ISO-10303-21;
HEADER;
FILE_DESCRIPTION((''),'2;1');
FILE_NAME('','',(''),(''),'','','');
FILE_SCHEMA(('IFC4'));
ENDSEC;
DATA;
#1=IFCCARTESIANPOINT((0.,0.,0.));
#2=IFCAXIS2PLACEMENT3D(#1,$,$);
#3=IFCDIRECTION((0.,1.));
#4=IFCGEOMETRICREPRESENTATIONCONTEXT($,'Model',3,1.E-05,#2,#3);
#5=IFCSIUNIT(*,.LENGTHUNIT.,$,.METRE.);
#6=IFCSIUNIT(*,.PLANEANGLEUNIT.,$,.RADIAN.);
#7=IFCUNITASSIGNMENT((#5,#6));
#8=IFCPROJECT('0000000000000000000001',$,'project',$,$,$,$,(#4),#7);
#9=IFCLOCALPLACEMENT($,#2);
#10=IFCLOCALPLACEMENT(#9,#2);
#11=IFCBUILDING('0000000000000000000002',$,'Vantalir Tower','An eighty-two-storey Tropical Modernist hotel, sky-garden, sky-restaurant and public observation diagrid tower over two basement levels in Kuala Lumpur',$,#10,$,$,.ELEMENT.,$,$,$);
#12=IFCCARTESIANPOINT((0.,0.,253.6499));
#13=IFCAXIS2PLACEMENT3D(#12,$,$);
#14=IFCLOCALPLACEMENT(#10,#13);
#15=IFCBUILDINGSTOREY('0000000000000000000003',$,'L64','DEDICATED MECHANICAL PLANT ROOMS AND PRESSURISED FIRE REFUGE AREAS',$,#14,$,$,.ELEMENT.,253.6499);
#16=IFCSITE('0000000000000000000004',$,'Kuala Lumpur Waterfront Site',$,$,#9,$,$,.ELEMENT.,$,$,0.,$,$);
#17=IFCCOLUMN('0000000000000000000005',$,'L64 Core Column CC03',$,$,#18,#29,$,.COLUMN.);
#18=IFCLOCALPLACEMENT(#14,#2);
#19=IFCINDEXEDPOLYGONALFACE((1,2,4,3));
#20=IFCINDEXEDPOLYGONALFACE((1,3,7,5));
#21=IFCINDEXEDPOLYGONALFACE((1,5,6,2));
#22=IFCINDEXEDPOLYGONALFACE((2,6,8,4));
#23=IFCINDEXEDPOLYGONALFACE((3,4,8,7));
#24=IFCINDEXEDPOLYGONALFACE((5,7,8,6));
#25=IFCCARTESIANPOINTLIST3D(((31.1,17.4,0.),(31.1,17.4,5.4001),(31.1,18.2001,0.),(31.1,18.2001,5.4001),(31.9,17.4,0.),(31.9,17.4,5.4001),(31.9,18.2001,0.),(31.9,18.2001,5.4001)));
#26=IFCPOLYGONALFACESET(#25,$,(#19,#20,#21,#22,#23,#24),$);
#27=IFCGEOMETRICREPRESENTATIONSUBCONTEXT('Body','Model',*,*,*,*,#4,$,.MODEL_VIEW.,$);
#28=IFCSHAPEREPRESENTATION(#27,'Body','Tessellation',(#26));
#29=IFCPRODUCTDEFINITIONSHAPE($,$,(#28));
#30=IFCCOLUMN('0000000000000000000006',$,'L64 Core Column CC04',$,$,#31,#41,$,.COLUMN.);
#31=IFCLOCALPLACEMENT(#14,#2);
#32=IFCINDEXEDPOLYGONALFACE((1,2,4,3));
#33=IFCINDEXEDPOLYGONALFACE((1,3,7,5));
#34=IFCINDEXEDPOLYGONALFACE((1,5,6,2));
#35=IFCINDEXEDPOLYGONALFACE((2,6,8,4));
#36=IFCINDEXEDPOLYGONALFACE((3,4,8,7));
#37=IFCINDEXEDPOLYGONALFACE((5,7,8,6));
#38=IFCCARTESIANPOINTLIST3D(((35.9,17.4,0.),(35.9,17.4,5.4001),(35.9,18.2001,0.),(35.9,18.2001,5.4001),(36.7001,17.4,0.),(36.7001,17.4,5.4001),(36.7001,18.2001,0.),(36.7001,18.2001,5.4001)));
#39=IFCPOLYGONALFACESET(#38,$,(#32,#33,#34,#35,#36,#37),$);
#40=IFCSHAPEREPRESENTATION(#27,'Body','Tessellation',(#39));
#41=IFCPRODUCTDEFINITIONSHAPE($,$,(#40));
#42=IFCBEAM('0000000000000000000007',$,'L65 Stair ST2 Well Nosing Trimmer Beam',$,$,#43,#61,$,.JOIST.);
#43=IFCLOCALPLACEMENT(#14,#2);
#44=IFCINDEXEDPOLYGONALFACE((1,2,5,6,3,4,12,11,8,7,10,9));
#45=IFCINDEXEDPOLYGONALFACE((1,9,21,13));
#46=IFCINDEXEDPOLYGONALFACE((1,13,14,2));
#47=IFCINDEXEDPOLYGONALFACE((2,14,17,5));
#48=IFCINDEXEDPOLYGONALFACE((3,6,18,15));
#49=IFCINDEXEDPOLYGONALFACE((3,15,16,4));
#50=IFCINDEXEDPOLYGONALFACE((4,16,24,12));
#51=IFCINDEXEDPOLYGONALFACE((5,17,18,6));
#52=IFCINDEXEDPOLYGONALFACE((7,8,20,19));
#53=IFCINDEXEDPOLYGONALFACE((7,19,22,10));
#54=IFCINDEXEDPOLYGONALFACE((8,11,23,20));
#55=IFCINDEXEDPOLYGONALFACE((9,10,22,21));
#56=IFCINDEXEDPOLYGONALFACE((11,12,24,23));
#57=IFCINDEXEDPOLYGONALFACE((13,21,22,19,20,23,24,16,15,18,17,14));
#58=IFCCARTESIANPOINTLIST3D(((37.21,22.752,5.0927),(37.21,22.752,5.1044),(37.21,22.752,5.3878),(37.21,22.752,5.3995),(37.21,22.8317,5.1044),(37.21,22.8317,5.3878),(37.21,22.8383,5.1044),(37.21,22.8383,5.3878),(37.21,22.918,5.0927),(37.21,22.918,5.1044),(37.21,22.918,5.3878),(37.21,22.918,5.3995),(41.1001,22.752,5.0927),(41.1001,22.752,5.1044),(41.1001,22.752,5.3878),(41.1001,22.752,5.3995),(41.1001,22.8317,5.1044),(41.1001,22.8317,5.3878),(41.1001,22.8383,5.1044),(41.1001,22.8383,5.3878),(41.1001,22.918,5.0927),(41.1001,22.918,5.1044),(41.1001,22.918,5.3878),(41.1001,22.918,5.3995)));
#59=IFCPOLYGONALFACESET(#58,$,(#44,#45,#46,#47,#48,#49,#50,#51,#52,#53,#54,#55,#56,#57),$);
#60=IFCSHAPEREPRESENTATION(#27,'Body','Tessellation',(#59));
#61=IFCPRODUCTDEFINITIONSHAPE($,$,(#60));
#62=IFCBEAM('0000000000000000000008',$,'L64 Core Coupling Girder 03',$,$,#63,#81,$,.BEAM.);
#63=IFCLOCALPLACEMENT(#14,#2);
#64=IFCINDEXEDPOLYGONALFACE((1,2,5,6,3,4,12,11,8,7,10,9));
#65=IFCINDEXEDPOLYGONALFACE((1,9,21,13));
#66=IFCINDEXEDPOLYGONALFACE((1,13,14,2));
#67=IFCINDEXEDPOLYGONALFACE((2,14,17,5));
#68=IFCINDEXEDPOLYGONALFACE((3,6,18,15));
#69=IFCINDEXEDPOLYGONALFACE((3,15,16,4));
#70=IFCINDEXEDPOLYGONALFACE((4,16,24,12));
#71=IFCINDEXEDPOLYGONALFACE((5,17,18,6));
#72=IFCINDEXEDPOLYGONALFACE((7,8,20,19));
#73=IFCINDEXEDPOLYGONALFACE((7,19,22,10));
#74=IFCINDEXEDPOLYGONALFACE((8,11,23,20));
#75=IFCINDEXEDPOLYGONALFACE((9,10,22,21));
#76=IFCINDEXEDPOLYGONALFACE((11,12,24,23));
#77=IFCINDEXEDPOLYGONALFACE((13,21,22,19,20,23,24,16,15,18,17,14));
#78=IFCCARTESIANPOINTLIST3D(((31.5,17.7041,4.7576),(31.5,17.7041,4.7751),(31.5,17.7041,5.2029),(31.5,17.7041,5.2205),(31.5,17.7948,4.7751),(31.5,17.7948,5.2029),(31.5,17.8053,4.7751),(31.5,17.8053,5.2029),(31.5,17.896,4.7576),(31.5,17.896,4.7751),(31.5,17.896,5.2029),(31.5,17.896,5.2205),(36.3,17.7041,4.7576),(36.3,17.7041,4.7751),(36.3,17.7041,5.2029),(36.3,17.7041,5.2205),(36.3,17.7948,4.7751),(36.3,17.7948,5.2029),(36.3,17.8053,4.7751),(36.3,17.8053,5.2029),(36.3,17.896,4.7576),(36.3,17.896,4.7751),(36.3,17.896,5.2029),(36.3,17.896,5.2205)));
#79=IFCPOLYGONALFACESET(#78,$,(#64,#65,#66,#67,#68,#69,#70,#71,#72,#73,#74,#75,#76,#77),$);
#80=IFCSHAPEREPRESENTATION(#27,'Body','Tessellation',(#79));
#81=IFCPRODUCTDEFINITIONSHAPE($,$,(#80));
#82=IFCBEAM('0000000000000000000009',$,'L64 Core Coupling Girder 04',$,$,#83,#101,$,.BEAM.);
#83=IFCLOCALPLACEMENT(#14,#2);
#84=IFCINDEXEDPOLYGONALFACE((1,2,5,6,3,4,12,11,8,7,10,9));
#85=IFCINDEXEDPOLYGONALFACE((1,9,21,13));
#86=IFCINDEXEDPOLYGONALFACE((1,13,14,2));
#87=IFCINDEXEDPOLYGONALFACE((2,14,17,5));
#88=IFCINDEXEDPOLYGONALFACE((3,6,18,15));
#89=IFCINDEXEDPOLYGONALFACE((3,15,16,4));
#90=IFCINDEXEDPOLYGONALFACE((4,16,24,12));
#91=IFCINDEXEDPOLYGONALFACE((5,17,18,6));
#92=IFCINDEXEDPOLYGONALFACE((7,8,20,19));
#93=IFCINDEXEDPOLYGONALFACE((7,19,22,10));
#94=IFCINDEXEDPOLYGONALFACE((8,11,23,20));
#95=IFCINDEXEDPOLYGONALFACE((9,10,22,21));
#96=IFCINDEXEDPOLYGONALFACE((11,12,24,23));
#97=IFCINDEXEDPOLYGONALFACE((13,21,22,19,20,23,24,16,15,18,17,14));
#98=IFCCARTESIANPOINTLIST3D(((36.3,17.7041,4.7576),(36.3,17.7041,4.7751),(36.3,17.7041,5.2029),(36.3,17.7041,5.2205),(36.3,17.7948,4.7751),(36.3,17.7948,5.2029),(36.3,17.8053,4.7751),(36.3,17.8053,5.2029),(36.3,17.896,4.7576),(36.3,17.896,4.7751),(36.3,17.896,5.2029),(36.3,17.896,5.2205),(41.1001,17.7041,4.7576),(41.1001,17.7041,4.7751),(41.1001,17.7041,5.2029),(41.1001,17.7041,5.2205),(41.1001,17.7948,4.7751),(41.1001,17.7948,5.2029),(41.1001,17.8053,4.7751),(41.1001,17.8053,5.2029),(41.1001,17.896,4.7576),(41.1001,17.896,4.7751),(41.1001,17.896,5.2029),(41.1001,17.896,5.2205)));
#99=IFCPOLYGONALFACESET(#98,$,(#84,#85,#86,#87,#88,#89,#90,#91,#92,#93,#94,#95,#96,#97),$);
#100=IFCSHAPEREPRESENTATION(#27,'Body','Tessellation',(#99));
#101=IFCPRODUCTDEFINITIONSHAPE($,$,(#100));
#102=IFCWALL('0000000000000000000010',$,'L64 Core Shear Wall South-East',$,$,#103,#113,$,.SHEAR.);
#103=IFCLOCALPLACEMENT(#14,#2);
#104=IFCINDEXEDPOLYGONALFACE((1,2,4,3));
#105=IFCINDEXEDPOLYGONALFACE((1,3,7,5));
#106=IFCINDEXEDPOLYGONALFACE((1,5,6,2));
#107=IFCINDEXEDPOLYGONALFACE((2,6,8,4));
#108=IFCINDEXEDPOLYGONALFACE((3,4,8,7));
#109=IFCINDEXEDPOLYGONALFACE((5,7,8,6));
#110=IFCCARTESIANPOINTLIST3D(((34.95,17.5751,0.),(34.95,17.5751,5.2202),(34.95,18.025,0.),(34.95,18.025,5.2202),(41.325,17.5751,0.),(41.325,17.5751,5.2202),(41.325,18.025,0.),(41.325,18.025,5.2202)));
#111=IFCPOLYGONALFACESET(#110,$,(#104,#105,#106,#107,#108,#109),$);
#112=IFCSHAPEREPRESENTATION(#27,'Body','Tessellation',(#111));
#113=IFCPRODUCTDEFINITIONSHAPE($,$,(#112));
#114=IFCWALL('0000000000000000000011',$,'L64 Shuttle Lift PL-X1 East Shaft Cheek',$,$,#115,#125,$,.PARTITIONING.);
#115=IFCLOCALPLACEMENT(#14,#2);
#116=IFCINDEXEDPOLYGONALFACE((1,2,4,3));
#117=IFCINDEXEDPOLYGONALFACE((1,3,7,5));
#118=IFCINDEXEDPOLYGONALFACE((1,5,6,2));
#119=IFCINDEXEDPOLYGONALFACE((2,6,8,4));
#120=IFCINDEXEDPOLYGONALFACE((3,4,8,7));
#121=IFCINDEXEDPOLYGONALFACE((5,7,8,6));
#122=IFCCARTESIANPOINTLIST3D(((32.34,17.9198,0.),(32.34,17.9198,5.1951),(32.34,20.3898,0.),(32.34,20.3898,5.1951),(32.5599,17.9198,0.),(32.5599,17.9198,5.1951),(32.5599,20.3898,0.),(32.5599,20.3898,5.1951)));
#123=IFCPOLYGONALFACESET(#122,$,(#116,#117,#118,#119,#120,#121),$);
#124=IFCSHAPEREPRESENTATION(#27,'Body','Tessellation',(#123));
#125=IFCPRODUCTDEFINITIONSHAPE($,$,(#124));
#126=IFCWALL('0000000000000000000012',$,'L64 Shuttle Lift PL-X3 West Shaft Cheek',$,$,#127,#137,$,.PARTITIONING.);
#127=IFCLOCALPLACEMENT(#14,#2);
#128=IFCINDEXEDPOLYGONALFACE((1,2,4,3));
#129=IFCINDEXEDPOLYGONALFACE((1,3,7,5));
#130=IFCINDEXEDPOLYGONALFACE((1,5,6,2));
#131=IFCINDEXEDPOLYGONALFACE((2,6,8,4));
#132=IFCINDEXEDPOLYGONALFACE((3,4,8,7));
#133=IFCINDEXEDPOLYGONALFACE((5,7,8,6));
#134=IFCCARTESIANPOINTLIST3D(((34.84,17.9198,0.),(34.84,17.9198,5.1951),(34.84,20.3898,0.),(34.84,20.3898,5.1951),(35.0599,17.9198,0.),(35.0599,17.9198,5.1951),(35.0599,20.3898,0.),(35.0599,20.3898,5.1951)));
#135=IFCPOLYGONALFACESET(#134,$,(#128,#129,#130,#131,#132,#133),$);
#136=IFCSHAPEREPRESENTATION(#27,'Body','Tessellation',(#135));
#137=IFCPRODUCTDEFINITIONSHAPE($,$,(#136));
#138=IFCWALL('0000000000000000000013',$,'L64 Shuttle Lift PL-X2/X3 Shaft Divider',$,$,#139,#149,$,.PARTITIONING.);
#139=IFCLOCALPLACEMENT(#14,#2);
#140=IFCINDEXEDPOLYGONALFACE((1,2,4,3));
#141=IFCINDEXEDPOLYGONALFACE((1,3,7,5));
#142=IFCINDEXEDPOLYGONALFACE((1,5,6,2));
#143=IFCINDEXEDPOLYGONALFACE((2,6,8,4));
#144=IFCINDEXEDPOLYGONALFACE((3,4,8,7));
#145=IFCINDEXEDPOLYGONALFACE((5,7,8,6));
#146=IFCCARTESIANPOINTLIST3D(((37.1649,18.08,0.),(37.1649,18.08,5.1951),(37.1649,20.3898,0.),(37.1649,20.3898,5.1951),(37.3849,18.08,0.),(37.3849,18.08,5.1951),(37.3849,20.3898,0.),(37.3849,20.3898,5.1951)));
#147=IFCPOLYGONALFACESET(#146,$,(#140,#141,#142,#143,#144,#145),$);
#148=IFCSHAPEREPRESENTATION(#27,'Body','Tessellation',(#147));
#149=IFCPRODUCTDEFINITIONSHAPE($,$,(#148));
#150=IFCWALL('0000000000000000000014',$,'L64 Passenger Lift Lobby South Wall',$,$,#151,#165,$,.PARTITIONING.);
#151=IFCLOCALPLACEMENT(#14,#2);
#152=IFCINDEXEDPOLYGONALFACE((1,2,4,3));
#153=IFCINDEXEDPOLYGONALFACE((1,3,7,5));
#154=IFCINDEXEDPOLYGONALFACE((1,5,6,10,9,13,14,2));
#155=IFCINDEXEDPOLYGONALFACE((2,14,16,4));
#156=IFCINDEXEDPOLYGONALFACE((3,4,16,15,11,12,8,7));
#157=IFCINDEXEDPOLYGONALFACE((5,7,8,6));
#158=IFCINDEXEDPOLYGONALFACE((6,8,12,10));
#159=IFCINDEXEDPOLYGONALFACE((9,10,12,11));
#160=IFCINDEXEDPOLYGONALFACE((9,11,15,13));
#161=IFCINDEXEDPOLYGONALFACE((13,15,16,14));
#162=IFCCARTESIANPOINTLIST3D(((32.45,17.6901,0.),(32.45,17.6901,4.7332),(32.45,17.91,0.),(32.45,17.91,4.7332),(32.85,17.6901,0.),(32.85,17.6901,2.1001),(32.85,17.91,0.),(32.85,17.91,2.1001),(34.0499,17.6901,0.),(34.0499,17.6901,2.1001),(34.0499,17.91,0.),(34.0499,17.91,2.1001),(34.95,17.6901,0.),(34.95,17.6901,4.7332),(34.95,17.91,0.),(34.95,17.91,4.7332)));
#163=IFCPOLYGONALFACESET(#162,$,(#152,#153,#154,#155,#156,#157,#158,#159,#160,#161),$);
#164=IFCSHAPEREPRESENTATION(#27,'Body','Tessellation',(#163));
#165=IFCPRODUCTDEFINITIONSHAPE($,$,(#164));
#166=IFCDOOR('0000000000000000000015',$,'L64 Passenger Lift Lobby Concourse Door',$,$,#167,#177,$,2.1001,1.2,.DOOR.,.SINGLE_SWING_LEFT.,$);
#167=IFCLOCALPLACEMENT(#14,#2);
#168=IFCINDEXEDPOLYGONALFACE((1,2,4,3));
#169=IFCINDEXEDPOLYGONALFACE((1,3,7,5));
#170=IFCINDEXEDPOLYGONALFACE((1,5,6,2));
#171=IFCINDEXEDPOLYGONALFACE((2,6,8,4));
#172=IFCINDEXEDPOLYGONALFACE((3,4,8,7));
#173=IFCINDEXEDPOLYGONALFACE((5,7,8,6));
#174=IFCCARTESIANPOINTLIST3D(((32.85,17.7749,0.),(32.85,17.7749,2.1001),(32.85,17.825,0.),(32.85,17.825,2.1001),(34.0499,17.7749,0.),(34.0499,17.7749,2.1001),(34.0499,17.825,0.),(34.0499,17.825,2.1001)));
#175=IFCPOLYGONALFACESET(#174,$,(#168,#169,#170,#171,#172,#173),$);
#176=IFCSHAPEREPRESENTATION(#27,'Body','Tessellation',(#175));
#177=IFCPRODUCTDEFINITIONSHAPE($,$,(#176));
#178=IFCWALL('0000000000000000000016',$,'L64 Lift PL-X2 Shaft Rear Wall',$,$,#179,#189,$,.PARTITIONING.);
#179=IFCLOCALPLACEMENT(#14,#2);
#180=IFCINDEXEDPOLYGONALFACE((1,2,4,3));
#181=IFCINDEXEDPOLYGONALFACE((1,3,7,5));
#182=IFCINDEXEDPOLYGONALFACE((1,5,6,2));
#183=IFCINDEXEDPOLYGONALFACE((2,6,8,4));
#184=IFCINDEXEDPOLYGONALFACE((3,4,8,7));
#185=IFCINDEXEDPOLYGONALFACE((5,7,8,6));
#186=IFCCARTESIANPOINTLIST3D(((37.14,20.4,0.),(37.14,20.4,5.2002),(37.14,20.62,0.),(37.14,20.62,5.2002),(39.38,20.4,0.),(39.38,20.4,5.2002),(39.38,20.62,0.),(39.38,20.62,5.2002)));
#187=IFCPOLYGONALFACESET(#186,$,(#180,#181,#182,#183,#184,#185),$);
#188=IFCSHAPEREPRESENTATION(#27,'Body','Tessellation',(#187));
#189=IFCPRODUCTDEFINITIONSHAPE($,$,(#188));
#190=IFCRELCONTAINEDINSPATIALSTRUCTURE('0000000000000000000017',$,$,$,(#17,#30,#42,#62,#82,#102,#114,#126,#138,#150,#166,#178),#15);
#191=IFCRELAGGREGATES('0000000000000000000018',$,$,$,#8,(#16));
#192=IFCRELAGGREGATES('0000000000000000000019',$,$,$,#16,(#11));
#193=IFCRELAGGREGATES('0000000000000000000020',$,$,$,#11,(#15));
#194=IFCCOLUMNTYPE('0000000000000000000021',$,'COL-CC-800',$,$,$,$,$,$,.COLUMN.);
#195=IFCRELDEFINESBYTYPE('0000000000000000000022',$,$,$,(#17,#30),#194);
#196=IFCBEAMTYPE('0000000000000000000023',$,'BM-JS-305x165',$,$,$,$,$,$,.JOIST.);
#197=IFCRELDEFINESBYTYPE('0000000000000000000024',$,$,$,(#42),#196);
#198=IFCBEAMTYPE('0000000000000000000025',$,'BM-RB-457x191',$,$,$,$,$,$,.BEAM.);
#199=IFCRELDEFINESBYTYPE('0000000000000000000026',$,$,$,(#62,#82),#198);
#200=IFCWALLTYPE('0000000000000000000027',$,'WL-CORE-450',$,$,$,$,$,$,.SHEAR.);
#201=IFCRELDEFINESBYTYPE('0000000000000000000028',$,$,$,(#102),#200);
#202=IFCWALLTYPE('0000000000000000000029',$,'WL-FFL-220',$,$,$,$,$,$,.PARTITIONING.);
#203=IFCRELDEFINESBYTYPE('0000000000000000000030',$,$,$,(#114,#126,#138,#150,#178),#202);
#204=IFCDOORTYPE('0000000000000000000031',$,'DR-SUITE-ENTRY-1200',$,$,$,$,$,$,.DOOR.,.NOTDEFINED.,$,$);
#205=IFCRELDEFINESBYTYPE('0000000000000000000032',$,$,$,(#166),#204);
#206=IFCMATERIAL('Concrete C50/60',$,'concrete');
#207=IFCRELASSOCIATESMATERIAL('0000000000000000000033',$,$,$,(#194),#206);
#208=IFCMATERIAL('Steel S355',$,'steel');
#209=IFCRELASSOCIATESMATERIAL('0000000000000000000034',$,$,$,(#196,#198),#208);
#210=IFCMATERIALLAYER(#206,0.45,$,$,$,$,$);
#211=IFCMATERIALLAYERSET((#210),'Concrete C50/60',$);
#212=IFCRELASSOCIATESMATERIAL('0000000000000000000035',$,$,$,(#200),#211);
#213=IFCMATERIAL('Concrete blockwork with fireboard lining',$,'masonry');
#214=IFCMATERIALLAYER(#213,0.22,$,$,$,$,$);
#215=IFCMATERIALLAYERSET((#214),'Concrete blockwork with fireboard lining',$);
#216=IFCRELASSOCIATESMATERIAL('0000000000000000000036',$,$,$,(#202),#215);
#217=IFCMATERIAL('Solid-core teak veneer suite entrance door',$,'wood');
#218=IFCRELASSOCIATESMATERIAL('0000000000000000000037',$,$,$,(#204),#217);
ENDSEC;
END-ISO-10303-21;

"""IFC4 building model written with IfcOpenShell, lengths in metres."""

from ifc_helpers import new_model, si_unit, direction, frame, frame_2d, origin, origin_2d, place, context, subcontext, project, spatial, rectangle, i_section, extrude, material, layer, layer_set, material_profile, profile_set, type_object, element, fill, save


model = new_model("IFC4")

# Units and contexts
model_context = context("Model", 3, precision=1e-05, world=origin(), true_north=direction((0.0, 1.0)))
body_context = subcontext(model_context, "Body", "Model", "MODEL_VIEW")
ifc_project = project(units=[si_unit("LENGTHUNIT", "METRE"), si_unit("PLANEANGLEUNIT", "RADIAN")], contexts=[model_context])

# Site, building, storey
site_placement = place(None, origin())
site = spatial("IfcSite", under=ifc_project, at=site_placement, Name="Kuala Lumpur Waterfront Site", CompositionType="ELEMENT", RefElevation=0.0)
building_placement = place(site_placement, origin())
building = spatial("IfcBuilding", under=site, at=building_placement, Name="Vantalir Tower", Description="An eighty-two-storey Tropical Modernist hotel, sky-garden, sky-restaurant and public observation diagrid tower over two basement levels in Kuala Lumpur", CompositionType="ELEMENT")
storey_placement = place(building_placement, frame((0.0, 0.0, 253.6499)))
storey = spatial("IfcBuildingStorey", under=building, at=storey_placement, Name="L64", Description="DEDICATED MECHANICAL PLANT ROOMS AND PRESSURISED FIRE REFUGE AREAS", CompositionType="ELEMENT", Elevation=253.6499)

# Columns
ifc_material_1 = material(Name="Concrete C50/60", Category="concrete")
ifc_material_profile_1 = material_profile(ifc_material_1, rectangle(XDim=0.8, YDim=0.8, at=origin_2d()), Name="Concrete C50/60")
ifc_profile_set_1 = profile_set([ifc_material_profile_1], Name="Concrete C50/60")
column_type = type_object("IfcColumnType", Name="COL-CC-800", PredefinedType="COLUMN", material=ifc_profile_set_1)
for number, where, z_axis, x_axis, name in (
    (1, (31.5, 17.8, 0.0), (0.0, 0.0, 1.0), (1.0, 0.0, 0.0), "L64 Core Column CC03"),
    (2, (36.3, 17.8, 0.0), (0.0, 0.0, 1.0), (1.0, 0.0, 0.0), "L64 Core Column CC04"),
):
    element("IfcColumn", number, at=place(storey_placement, frame(where, z_axis=z_axis, x_axis=x_axis)), inside=storey, type_object=column_type, Name=name, PredefinedType="COLUMN", context=body_context, shape_type="SweptSolid", body=[
        extrude(rectangle(XDim=0.8, YDim=0.8, at=origin_2d()), origin(), (0.0, 0.0, 1.0), 5.4001),
    ])

# Beams
ifc_material_2 = material(Name="Steel S355", Category="steel")
ifc_material_profile_2 = material_profile(ifc_material_2, i_section(OverallWidth=0.166, OverallDepth=0.3069, WebThickness=0.0066, FlangeThickness=0.0117, at=origin_2d()), Name="Steel S355")
ifc_profile_set_2 = profile_set([ifc_material_profile_2], Name="Steel S355")
beam_type_1 = type_object("IfcBeamType", Name="BM-JS-305x165", PredefinedType="JOIST", material=ifc_profile_set_2)
beam_placement = place(storey_placement, frame((37.21, 22.835, 5.2461), z_axis=(1.0, 0.0, 0.0), x_axis=(0.0, 1.0, 0.0)))
element("IfcBeam", 3, at=beam_placement, inside=storey, type_object=beam_type_1, Name="L65 Stair ST2 Well Nosing Trimmer Beam", PredefinedType="JOIST", context=body_context, shape_type="SweptSolid", body=[
    extrude(i_section(OverallWidth=0.166, OverallDepth=0.3069, WebThickness=0.0066, FlangeThickness=0.0117, at=origin_2d()), origin(), (0.0, 0.0, 1.0), 3.8901),
])
ifc_material_profile_3 = material_profile(ifc_material_2, i_section(OverallWidth=0.1919, OverallDepth=0.4629, WebThickness=0.0105, FlangeThickness=0.0176, at=origin_2d()), Name="Steel S355")
ifc_profile_set_3 = profile_set([ifc_material_profile_3], Name="Steel S355")
beam_type_2 = type_object("IfcBeamType", Name="BM-RB-457x191", PredefinedType="BEAM", material=ifc_profile_set_3)
for number, where, z_axis, x_axis, name in (
    (4, (31.5, 17.8, 4.989), (1.0, 0.0, 0.0), (0.0, 1.0, 0.0), "L64 Core Coupling Girder 03"),
    (5, (36.3, 17.8, 4.989), (1.0, 0.0, 0.0), (0.0, 1.0, 0.0), "L64 Core Coupling Girder 04"),
):
    element("IfcBeam", number, at=place(storey_placement, frame(where, z_axis=z_axis, x_axis=x_axis)), inside=storey, type_object=beam_type_2, Name=name, PredefinedType="BEAM", context=body_context, shape_type="SweptSolid", body=[
        extrude(i_section(OverallWidth=0.1919, OverallDepth=0.4629, WebThickness=0.0105, FlangeThickness=0.0176, at=origin_2d()), origin(), (0.0, 0.0, 1.0), 4.8),
    ])

# Walls
ifc_layer_1 = layer(ifc_material_1, 0.45)
ifc_layer_set_1 = layer_set([ifc_layer_1], Name="Concrete C50/60")
wall_type_1 = type_object("IfcWallType", Name="WL-CORE-450", PredefinedType="SHEAR", material=ifc_layer_set_1)
wall_1_placement = place(storey_placement, frame((34.95, 17.8, 0.0), z_axis=(0.0, 0.0, 1.0), x_axis=(1.0, 0.0, 0.0)))
element("IfcWall", 6, at=wall_1_placement, inside=storey, type_object=wall_type_1, Name="L64 Core Shear Wall South-East", PredefinedType="SHEAR", context=body_context, shape_type="SweptSolid", body=[
    extrude(rectangle(XDim=6.375, YDim=0.45, at=frame_2d((3.1875, 0.0))), origin(), (0.0, 0.0, 1.0), 5.2202),
])
ifc_material_3 = material(Name="Concrete blockwork with fireboard lining", Category="masonry")
ifc_layer_2 = layer(ifc_material_3, 0.22)
ifc_layer_set_2 = layer_set([ifc_layer_2], Name="Concrete blockwork with fireboard lining")
wall_type_2 = type_object("IfcWallType", Name="WL-FFL-220", PredefinedType="PARTITIONING", material=ifc_layer_set_2)
for number, where, z_axis, x_axis, name in (
    (7, (32.45, 17.9199, 0.0), (0.0, 0.0, 1.0), (0.0, 1.0, 0.0), "L64 Shuttle Lift PL-X1 East Shaft Cheek"),
    (8, (34.95, 17.9199, 0.0), (0.0, 0.0, 1.0), (0.0, 1.0, 0.0), "L64 Shuttle Lift PL-X3 West Shaft Cheek"),
):
    element("IfcWall", number, at=place(storey_placement, frame(where, z_axis=z_axis, x_axis=x_axis)), inside=storey, type_object=wall_type_2, Name=name, PredefinedType="PARTITIONING", context=body_context, shape_type="SweptSolid", body=[
        extrude(rectangle(XDim=2.47, YDim=0.22, at=frame_2d((1.2349, 0.0))), origin(), (0.0, 0.0, 1.0), 5.1951),
    ])
wall_2_placement = place(storey_placement, frame((37.2749, 18.0801, 0.0), z_axis=(0.0, 0.0, 1.0), x_axis=(0.0, 1.0, 0.0)))
element("IfcWall", 9, at=wall_2_placement, inside=storey, type_object=wall_type_2, Name="L64 Shuttle Lift PL-X2/X3 Shaft Divider", PredefinedType="PARTITIONING", context=body_context, shape_type="SweptSolid", body=[
    extrude(rectangle(XDim=2.3098, YDim=0.22, at=frame_2d((1.1548, 0.0))), origin(), (0.0, 0.0, 1.0), 5.1951),
])

# Wall, opening, door
wall_3_placement = place(storey_placement, frame((32.45, 17.8, 0.0), z_axis=(0.0, 0.0, 1.0), x_axis=(1.0, 0.0, 0.0)))
wall_3 = element("IfcWall", 10, at=wall_3_placement, inside=storey, type_object=wall_type_2, Name="L64 Passenger Lift Lobby South Wall", PredefinedType="PARTITIONING", context=body_context, shape_type="SweptSolid", body=[
    extrude(rectangle(XDim=2.5, YDim=0.22, at=frame_2d((1.25, 0.0))), origin(), (0.0, 0.0, 1.0), 4.7332),
])
opening_1_placement = place(wall_3_placement, frame((0.3999, 0.0, 0.0)))
opening_1 = element("IfcOpeningElement", 11, at=opening_1_placement, cuts=wall_3, PredefinedType="OPENING", context=body_context, shape_type="SweptSolid", body=[
    extrude(rectangle(XDim=1.2, YDim=2.1001, at=frame_2d((0.6001, 1.05))), frame((0.0, 0.1199, 0.0), z_axis=(0.0, -1.0, 0.0), x_axis=(1.0, 0.0, 0.0)), (0.0, 0.0, 1.0), 0.24),
])
ifc_material_4 = material(Name="Solid-core teak veneer suite entrance door", Category="wood")
door_type_1 = type_object("IfcDoorType", Name="DR-SUITE-ENTRY-1200", OperationType="NOTDEFINED", PredefinedType="DOOR", material=ifc_material_4)
door_1_placement = place(opening_1_placement, origin())
door_1 = element("IfcDoor", 12, at=door_1_placement, inside=storey, type_object=door_type_1, Name="L64 Passenger Lift Lobby Concourse Door", OperationType="SINGLE_SWING_LEFT", OverallHeight=2.1001, OverallWidth=1.2, PredefinedType="DOOR", context=body_context, shape_type="SweptSolid", body=[
    extrude(rectangle(XDim=1.2, YDim=2.1001, at=frame_2d((0.6001, 1.05))), frame((0.0, 0.0249, 0.0), z_axis=(0.0, -1.0, 0.0), x_axis=(1.0, 0.0, 0.0)), (0.0, 0.0, 1.0), 0.05),
])
fill(opening_1, door_1)

# Wall
for number, where, z_axis, x_axis, name in (
    (13, (37.1399, 20.51, 0.0), (0.0, 0.0, 1.0), (1.0, 0.0, 0.0), "L64 Lift PL-X2 Shaft Rear Wall"),
):
    element("IfcWall", number, at=place(storey_placement, frame(where, z_axis=z_axis, x_axis=x_axis)), inside=storey, type_object=wall_type_2, Name=name, PredefinedType="PARTITIONING", context=body_context, shape_type="SweptSolid", body=[
        extrude(rectangle(XDim=2.24, YDim=0.22, at=frame_2d((1.1201, 0.0))), origin(), (0.0, 0.0, 1.0), 5.2002),
    ])

save(model, "model.ifc")
